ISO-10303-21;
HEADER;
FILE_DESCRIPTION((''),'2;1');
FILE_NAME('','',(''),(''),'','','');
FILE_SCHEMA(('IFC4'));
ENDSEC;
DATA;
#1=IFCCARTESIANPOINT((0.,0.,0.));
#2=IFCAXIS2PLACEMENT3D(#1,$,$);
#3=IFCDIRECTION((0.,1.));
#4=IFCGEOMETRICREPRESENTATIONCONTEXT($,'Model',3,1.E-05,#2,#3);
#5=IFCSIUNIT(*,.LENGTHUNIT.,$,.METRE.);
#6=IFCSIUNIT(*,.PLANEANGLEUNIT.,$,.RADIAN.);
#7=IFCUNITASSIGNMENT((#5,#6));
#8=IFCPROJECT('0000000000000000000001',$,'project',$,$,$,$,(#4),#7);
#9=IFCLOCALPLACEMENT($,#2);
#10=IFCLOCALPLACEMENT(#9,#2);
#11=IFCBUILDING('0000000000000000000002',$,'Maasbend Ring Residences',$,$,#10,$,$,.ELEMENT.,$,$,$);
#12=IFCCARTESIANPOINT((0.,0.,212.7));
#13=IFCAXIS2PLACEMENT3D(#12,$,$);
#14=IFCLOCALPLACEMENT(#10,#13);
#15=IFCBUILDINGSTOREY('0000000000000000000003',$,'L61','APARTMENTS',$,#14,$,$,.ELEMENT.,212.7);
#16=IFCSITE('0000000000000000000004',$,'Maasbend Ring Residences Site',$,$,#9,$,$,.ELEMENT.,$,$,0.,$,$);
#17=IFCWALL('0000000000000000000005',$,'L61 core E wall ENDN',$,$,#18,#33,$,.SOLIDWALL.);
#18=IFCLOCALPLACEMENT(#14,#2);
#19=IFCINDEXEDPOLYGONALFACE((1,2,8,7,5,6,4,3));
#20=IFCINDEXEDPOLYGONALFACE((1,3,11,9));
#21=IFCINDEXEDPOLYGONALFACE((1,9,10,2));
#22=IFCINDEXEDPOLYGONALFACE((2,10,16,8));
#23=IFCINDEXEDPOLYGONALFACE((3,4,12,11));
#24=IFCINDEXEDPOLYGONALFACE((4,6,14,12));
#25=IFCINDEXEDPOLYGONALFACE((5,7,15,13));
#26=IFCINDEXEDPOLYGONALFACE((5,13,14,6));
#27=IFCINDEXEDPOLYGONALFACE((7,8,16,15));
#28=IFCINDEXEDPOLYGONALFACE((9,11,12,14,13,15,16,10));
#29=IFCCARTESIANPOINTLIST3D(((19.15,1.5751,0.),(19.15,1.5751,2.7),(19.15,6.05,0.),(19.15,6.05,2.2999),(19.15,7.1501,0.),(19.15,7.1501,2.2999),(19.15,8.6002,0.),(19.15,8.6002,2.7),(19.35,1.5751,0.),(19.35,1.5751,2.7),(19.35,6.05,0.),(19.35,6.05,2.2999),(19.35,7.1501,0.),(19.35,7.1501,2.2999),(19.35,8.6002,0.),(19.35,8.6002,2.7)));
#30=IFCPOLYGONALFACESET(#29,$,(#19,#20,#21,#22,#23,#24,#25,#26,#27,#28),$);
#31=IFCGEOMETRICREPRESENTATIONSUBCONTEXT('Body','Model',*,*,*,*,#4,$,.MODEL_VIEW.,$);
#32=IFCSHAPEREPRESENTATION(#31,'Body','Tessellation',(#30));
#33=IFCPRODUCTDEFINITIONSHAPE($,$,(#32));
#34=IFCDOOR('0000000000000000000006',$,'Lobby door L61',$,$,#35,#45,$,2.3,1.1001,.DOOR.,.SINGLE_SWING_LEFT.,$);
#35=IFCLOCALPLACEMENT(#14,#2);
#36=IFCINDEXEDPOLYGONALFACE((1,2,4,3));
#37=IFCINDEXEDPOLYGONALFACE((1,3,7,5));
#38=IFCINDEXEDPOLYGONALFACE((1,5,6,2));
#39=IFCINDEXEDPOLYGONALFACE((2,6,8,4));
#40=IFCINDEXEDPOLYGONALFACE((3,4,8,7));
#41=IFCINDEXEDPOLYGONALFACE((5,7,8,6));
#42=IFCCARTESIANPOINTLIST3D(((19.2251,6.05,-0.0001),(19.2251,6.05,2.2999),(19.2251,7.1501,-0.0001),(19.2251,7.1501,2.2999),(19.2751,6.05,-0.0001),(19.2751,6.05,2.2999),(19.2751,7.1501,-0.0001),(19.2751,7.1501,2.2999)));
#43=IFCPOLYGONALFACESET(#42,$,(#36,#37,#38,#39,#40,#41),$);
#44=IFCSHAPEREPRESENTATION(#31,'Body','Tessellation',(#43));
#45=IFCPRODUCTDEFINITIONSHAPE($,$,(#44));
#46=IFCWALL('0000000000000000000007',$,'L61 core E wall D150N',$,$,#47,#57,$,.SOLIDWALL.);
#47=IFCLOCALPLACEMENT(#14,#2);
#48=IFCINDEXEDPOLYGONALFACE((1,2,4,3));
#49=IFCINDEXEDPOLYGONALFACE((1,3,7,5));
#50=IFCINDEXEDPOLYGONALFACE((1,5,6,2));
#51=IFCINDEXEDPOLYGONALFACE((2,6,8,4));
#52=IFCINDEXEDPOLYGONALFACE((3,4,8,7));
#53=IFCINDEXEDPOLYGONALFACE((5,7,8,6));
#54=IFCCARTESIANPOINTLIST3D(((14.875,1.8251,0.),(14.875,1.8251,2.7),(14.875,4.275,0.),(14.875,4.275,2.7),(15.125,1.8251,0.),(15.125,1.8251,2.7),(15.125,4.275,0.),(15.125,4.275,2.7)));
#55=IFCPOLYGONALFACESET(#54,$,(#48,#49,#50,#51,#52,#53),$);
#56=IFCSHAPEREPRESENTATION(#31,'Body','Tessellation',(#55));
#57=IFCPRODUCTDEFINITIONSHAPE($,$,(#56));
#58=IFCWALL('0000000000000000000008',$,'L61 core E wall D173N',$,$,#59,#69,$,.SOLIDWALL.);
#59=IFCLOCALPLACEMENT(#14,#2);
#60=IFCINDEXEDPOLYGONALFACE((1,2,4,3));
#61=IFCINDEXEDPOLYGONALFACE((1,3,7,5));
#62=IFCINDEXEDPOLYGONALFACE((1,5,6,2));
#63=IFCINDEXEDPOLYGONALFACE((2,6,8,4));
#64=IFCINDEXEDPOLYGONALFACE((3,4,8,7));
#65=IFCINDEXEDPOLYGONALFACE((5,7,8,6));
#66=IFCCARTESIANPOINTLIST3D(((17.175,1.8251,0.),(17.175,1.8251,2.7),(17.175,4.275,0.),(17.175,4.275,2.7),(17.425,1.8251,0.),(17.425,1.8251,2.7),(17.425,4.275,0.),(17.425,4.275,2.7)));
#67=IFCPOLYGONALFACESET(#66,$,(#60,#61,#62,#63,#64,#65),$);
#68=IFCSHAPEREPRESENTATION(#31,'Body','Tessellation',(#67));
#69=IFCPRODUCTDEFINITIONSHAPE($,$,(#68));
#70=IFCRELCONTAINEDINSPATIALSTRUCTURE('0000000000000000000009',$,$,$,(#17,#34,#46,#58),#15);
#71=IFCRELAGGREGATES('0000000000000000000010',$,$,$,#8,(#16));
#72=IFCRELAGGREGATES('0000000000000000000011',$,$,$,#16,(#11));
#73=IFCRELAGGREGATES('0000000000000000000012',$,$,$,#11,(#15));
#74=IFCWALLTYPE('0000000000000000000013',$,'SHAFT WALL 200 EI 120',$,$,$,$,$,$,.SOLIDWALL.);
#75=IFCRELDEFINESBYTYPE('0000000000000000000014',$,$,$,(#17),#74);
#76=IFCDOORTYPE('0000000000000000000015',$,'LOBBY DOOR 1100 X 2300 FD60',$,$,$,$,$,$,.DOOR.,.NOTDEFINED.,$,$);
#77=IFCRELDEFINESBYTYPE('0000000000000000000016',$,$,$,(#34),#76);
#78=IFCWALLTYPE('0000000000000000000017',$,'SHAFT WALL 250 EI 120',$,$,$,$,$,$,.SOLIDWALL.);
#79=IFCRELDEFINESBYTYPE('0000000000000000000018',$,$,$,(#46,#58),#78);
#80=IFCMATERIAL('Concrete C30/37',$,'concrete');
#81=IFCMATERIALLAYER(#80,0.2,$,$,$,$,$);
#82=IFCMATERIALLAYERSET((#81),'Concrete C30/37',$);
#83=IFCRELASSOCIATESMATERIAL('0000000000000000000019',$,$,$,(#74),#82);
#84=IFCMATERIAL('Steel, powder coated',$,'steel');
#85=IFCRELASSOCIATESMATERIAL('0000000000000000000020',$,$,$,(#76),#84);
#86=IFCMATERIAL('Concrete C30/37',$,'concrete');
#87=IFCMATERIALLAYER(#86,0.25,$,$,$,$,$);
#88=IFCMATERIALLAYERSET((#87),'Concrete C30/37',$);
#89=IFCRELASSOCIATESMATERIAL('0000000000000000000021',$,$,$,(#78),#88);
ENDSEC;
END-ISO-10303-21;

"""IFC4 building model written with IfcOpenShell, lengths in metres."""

from ifc_helpers import new_model, si_unit, direction, frame, frame_2d, origin, place, context, subcontext, project, spatial, rectangle, extrude, material, layer, layer_set, type_object, element, fill, save


model = new_model("IFC4")

# Units and contexts
model_context = context("Model", 3, precision=1e-05, world=origin(), true_north=direction((0.0, 1.0)))
body_context = subcontext(model_context, "Body", "Model", "MODEL_VIEW")
ifc_project = project(units=[si_unit("LENGTHUNIT", "METRE"), si_unit("PLANEANGLEUNIT", "RADIAN")], contexts=[model_context])

# Site, building, storey
site_placement = place(None, origin())
site = spatial("IfcSite", under=ifc_project, at=site_placement, Name="Maasbend Ring Residences Site", CompositionType="ELEMENT", RefElevation=0.0)
building_placement = place(site_placement, origin())
building = spatial("IfcBuilding", under=site, at=building_placement, Name="Maasbend Ring Residences", CompositionType="ELEMENT")
storey_placement = place(building_placement, frame((0.0, 0.0, 212.7)))
storey = spatial("IfcBuildingStorey", under=building, at=storey_placement, Name="L61", Description="APARTMENTS", CompositionType="ELEMENT", Elevation=212.7)

# Wall, opening, door
ifc_material_1 = material(Name="Concrete C30/37", Category="concrete")
ifc_layer_1 = layer(ifc_material_1, 0.2)
ifc_layer_set_1 = layer_set([ifc_layer_1], Name="Concrete C30/37")
wall_type_1 = type_object("IfcWallType", Name="SHAFT WALL 200 EI 120", PredefinedType="SOLIDWALL", material=ifc_layer_set_1)
wall_1_placement = place(storey_placement, frame((19.25, 1.575, 0.0), z_axis=(0.0, 0.0, 1.0), x_axis=(0.0, 1.0, 0.0)))
wall_1 = element("IfcWall", 1, at=wall_1_placement, inside=storey, type_object=wall_type_1, Name="L61 core E wall ENDN", PredefinedType="SOLIDWALL", context=body_context, shape_type="SweptSolid", body=[
    extrude(rectangle(XDim=7.0251, YDim=0.2, at=frame_2d((3.5127, 0.0))), origin(), (0.0, 0.0, 1.0), 2.7),
])
opening_1_placement = place(wall_1_placement, frame((4.4751, 0.0, 0.0)))
opening_1 = element("IfcOpeningElement", 2, at=opening_1_placement, cuts=wall_1, PredefinedType="OPENING", context=body_context, shape_type="SweptSolid", body=[
    extrude(rectangle(XDim=1.1001, YDim=2.3, at=frame_2d((0.55, 1.1499))), frame((0.0, 0.1099, 0.0), z_axis=(0.0, -1.0, 0.0), x_axis=(1.0, 0.0, 0.0)), (0.0, 0.0, 1.0), 0.22),
])
ifc_material_2 = material(Name="Steel, powder coated", Category="steel")
door_type_1 = type_object("IfcDoorType", Name="LOBBY DOOR 1100 X 2300 FD60", OperationType="NOTDEFINED", PredefinedType="DOOR", material=ifc_material_2)
door_1_placement = place(opening_1_placement, origin())
door_1 = element("IfcDoor", 3, at=door_1_placement, inside=storey, type_object=door_type_1, Name="Lobby door L61", OperationType="SINGLE_SWING_LEFT", OverallHeight=2.3, OverallWidth=1.1001, PredefinedType="DOOR", context=body_context, shape_type="SweptSolid", body=[
    extrude(rectangle(XDim=1.1001, YDim=2.3, at=frame_2d((0.55, 1.1499))), frame((0.0, 0.0249, 0.0), z_axis=(0.0, -1.0, 0.0), x_axis=(1.0, 0.0, 0.0)), (0.0, 0.0, 1.0), 0.05),
])
fill(opening_1, door_1)

# Walls
ifc_material_3 = material(Name="Concrete C30/37", Category="concrete")
ifc_layer_2 = layer(ifc_material_3, 0.25)
ifc_layer_set_2 = layer_set([ifc_layer_2], Name="Concrete C30/37")
wall_type_2 = type_object("IfcWallType", Name="SHAFT WALL 250 EI 120", PredefinedType="SOLIDWALL", material=ifc_layer_set_2)
for number, where, z_axis, x_axis, name in (
    (4, (15.0, 1.825, 0.0), (0.0, 0.0, 1.0), (0.0, 1.0, 0.0), "L61 core E wall D150N"),
    (5, (17.3, 1.825, 0.0), (0.0, 0.0, 1.0), (0.0, 1.0, 0.0), "L61 core E wall D173N"),
):
    element("IfcWall", number, at=place(storey_placement, frame(where, z_axis=z_axis, x_axis=x_axis)), inside=storey, type_object=wall_type_2, Name=name, PredefinedType="SOLIDWALL", context=body_context, shape_type="SweptSolid", body=[
        extrude(rectangle(XDim=2.45, YDim=0.25, at=frame_2d((1.2251, 0.0))), origin(), (0.0, 0.0, 1.0), 2.7),
    ])

save(model, "model.ifc")
